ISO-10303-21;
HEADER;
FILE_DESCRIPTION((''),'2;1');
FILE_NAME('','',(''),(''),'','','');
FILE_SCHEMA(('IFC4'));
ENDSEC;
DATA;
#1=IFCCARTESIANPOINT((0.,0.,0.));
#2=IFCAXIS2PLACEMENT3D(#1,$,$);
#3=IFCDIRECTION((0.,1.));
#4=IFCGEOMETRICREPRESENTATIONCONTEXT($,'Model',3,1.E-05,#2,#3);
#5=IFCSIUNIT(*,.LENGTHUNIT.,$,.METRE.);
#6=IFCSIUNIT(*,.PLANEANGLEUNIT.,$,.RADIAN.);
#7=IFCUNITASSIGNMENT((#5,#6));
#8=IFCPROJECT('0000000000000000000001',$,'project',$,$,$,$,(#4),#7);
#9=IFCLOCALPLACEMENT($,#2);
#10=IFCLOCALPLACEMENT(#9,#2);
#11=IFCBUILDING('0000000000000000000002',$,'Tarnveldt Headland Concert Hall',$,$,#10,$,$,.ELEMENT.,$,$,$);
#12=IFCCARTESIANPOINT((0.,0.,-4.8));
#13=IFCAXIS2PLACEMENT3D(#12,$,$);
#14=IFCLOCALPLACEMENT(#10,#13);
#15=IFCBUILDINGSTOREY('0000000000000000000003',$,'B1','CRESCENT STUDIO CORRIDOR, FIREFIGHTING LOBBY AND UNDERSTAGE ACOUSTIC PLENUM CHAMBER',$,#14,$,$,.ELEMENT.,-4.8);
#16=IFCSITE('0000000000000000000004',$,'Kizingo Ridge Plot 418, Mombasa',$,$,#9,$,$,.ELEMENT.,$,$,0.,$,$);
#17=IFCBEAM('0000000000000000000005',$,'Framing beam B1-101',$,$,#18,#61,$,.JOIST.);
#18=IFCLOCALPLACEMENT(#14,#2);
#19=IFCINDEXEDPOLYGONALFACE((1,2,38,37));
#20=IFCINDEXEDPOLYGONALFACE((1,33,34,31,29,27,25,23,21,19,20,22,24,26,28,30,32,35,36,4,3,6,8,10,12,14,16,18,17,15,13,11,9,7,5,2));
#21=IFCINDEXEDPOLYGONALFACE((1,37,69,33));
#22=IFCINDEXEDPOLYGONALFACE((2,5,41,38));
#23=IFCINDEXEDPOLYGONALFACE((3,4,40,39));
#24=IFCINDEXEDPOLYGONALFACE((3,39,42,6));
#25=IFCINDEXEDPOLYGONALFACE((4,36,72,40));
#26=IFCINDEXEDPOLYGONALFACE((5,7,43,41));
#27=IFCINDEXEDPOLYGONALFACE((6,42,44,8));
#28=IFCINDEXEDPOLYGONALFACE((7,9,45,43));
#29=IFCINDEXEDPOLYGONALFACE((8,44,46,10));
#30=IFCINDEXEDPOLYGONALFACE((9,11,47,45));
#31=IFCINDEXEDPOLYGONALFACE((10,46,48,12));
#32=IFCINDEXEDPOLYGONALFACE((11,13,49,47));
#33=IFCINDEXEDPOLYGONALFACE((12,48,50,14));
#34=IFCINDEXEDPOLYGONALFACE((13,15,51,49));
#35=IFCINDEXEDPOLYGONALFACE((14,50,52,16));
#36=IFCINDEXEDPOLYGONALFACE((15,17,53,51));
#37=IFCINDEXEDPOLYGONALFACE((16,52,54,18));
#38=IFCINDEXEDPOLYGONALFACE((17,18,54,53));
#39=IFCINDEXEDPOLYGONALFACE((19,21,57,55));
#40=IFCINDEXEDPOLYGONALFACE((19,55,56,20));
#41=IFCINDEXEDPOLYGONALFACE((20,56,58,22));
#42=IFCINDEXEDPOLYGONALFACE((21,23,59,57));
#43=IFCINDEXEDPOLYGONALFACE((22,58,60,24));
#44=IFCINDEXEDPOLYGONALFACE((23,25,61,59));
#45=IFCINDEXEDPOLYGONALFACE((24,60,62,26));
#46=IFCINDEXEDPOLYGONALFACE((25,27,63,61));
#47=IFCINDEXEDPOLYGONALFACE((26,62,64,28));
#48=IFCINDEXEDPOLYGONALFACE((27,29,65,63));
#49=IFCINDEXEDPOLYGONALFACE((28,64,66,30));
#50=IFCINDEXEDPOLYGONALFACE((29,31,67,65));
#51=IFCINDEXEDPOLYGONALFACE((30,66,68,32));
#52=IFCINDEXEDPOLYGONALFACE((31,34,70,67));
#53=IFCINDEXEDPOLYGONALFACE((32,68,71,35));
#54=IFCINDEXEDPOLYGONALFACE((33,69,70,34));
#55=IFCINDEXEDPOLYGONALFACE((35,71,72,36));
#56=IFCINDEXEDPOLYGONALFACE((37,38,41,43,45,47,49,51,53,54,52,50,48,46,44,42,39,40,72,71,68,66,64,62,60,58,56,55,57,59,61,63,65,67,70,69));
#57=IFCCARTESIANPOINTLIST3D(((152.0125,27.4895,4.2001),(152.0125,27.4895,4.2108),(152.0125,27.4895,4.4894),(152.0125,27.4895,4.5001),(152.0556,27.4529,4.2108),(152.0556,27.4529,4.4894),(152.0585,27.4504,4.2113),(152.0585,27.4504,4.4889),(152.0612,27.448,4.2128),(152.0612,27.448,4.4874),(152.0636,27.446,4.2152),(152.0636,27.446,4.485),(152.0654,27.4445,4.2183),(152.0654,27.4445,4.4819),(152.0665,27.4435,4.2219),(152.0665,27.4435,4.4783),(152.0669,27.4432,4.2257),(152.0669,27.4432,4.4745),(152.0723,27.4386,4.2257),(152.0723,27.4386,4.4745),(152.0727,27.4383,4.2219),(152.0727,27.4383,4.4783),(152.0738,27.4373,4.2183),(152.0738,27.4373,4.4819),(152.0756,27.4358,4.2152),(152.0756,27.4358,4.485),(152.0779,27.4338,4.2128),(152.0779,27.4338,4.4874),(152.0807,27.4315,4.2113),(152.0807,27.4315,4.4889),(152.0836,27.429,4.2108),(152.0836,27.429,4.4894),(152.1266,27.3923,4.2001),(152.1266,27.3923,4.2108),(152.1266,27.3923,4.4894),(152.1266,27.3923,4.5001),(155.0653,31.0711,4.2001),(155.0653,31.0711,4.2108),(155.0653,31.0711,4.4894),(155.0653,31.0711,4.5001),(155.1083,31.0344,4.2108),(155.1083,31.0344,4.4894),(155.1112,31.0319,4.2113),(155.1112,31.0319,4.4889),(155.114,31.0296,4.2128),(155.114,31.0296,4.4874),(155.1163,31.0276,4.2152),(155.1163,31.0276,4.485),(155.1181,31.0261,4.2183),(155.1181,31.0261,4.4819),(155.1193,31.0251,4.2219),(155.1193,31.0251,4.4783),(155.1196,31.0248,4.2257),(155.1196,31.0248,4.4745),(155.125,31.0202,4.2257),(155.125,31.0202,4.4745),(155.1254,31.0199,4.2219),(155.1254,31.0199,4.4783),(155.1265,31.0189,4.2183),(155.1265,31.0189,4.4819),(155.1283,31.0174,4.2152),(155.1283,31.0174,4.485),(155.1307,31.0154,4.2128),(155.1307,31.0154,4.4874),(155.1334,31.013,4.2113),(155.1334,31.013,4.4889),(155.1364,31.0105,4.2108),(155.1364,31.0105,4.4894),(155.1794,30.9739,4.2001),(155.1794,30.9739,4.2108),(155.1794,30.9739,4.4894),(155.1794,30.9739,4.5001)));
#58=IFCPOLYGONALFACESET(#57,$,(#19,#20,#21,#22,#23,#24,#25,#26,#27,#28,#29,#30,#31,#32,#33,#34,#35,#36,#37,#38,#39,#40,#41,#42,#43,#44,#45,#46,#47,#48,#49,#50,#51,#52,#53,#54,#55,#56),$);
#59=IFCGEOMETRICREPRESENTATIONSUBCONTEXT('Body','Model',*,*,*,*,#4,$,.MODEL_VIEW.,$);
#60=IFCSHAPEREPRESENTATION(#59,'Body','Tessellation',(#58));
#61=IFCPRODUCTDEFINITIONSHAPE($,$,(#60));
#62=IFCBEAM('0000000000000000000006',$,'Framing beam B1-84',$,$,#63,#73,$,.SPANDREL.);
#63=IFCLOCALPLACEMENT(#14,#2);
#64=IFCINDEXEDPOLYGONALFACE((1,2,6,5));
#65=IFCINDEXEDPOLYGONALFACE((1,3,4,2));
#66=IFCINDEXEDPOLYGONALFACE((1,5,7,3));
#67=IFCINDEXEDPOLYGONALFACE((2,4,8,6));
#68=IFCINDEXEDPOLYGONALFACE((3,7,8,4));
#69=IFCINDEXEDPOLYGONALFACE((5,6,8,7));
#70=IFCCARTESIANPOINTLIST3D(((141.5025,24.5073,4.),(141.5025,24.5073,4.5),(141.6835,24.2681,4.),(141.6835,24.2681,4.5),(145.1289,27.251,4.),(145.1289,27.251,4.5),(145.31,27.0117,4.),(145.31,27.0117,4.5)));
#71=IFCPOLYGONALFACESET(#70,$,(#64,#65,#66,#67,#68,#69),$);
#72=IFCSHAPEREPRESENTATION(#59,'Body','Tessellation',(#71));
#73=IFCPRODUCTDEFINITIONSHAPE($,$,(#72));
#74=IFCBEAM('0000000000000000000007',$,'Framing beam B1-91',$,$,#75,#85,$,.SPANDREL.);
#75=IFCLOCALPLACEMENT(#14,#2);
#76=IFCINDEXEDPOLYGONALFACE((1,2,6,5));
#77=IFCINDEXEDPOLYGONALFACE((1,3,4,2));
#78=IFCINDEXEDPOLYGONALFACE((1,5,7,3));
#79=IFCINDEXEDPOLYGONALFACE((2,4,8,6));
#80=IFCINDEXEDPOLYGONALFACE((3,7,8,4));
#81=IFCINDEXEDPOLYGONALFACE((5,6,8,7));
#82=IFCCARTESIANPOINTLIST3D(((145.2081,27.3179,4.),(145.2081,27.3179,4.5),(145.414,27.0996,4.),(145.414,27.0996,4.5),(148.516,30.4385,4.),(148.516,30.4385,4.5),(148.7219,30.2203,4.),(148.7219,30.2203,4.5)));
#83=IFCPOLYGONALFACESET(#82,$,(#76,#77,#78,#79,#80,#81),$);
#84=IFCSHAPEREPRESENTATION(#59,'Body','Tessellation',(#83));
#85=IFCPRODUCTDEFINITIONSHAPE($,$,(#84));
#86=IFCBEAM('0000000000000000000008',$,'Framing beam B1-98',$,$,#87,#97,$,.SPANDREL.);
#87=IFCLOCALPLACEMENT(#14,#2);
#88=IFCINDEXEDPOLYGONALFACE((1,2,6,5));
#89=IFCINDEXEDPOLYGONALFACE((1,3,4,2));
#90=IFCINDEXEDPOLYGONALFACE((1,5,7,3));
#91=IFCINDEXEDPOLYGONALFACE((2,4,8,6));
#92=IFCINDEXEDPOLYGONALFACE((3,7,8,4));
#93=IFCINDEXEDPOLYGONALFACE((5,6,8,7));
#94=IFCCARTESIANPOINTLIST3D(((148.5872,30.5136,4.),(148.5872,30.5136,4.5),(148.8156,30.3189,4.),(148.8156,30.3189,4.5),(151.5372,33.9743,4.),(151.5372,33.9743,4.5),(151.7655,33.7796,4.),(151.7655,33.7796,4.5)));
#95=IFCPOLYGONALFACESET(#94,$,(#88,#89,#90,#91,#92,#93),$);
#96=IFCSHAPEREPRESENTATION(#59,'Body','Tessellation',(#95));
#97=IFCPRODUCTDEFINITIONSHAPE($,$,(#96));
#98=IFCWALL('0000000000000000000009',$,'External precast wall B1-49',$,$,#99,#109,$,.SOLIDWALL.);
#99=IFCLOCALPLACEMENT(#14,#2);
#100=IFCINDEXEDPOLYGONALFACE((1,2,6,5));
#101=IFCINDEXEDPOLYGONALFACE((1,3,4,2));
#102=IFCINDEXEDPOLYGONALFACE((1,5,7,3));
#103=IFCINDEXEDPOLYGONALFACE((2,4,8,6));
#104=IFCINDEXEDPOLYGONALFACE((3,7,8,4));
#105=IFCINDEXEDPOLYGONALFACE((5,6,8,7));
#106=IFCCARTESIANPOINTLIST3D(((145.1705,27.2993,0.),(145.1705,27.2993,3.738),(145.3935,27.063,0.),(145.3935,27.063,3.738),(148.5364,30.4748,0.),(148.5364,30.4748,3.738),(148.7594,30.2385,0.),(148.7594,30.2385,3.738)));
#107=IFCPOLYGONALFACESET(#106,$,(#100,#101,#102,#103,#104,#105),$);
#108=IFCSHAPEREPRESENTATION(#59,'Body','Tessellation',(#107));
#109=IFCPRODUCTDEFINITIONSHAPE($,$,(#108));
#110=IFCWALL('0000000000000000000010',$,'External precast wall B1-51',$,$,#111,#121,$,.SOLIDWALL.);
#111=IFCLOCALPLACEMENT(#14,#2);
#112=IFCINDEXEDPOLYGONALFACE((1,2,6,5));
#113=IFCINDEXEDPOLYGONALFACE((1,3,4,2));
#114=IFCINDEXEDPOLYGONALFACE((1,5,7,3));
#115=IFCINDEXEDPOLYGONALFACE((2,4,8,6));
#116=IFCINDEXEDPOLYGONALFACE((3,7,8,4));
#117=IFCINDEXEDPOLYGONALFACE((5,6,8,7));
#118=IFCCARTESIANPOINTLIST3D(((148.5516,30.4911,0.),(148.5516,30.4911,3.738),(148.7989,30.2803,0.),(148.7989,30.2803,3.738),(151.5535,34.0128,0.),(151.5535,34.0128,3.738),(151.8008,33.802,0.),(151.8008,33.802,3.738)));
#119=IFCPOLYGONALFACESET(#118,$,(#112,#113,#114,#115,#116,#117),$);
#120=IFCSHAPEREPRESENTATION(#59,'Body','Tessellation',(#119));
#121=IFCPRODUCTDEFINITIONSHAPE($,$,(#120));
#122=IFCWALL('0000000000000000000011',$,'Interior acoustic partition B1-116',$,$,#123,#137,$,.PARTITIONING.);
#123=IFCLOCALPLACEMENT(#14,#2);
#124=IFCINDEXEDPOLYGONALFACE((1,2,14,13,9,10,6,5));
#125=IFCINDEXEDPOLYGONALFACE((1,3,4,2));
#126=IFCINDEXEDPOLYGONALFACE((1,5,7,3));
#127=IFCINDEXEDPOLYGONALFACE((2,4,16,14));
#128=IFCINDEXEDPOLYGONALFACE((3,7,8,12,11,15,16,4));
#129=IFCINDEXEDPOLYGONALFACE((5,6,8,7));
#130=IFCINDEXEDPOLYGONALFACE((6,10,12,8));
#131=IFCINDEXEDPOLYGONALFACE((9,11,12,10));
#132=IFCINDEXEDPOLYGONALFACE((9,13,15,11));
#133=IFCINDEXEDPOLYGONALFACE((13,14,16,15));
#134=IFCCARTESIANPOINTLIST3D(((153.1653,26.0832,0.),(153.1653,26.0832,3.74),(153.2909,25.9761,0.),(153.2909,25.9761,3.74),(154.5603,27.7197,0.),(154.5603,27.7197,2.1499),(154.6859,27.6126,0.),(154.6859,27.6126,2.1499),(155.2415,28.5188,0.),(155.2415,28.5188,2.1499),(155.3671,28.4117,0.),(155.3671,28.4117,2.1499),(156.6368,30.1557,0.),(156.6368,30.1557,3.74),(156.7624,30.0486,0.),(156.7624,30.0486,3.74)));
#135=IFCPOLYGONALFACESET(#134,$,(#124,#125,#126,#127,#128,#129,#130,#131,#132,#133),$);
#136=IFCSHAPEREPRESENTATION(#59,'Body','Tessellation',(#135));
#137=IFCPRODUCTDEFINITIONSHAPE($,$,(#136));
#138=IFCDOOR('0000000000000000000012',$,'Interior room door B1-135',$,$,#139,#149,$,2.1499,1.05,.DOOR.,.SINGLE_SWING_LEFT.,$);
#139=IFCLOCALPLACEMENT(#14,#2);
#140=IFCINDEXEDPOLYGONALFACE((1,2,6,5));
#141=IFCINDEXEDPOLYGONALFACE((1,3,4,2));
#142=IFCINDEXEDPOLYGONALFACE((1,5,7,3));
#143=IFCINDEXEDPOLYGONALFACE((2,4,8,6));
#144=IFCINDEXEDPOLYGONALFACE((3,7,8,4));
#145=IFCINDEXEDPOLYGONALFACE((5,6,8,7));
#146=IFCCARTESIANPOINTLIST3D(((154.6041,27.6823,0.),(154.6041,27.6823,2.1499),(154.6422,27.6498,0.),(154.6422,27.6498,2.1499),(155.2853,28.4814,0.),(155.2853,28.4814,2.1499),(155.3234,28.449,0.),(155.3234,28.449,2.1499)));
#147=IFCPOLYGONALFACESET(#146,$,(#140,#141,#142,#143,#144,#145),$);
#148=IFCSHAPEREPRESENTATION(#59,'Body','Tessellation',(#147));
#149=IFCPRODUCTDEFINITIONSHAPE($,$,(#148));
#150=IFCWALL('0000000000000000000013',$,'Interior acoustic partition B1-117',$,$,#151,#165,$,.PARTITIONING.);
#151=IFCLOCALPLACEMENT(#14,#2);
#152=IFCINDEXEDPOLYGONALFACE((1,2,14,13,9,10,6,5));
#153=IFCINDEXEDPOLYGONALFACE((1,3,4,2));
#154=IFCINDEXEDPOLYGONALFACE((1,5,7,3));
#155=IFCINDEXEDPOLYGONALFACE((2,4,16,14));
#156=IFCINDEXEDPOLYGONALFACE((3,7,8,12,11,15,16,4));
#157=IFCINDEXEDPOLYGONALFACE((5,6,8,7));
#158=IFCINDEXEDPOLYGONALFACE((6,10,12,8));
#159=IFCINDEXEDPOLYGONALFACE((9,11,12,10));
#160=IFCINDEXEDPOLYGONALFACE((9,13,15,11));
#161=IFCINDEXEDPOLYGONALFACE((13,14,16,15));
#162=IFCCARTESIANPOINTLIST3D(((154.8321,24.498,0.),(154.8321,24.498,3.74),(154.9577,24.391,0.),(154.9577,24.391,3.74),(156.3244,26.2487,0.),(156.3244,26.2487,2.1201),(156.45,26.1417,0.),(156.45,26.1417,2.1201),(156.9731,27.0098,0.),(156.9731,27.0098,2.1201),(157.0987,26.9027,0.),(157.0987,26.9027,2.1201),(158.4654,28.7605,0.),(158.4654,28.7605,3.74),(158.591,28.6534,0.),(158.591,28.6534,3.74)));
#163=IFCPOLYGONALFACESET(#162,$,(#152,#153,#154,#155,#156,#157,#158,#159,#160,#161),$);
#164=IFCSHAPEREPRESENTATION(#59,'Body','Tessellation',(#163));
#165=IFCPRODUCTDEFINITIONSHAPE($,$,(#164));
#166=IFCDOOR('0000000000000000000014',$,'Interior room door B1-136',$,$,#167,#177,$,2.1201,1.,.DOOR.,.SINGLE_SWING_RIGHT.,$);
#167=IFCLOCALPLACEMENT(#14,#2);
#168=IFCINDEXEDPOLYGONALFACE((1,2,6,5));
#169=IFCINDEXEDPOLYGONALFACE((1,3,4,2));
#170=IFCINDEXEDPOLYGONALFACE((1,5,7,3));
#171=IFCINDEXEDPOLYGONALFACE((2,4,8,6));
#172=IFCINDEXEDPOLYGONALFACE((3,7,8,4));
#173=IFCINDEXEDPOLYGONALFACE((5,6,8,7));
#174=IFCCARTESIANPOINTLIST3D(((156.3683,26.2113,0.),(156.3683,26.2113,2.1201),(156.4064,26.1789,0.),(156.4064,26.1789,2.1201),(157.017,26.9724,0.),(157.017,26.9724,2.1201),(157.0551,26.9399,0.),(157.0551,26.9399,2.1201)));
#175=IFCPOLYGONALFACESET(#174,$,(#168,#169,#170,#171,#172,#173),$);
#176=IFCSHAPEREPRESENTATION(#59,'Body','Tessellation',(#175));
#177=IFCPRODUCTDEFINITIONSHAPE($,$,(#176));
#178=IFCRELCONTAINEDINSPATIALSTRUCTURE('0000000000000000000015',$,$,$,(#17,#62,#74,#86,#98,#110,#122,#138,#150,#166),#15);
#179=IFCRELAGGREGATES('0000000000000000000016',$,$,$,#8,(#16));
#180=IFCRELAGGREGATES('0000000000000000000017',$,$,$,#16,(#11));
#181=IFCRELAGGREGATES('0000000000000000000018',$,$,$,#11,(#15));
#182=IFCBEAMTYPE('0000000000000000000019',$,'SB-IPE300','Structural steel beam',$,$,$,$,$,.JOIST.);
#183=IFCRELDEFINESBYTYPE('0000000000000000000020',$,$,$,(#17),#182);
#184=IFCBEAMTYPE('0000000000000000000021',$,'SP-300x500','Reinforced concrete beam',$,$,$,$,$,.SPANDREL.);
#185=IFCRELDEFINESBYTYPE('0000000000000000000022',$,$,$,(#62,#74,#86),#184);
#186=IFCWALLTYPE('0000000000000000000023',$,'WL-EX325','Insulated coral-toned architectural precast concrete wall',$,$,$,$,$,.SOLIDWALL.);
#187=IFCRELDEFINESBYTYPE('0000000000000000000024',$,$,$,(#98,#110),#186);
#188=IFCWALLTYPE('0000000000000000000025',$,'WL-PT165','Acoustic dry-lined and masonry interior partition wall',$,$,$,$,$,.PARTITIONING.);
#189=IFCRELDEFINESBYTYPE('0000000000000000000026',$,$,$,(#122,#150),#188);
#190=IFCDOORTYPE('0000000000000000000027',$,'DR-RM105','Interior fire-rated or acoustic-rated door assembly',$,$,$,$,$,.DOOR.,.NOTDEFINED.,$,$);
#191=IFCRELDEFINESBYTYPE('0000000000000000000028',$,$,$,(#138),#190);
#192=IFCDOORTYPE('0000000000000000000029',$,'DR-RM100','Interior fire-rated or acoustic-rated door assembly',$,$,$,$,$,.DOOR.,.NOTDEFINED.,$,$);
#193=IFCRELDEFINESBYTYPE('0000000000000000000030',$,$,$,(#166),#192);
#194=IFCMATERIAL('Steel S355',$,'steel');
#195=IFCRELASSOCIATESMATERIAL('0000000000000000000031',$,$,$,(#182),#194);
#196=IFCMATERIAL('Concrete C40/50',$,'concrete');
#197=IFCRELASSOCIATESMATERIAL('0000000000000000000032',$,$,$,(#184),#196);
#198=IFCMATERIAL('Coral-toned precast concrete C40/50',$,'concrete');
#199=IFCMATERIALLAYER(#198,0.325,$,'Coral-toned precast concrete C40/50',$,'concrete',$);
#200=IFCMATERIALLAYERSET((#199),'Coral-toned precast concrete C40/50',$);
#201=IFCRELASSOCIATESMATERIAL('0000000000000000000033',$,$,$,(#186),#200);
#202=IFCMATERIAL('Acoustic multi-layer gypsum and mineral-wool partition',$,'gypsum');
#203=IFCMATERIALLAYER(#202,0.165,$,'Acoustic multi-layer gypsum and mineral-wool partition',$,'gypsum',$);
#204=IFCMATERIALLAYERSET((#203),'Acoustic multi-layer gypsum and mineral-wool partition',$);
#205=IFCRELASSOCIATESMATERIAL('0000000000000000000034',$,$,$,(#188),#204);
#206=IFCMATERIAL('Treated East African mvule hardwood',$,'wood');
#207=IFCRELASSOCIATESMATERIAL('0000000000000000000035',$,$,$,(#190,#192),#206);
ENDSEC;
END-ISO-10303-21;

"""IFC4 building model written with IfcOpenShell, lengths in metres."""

from ifc_helpers import new_model, si_unit, direction, frame, frame_2d, origin, origin_2d, place, context, subcontext, project, spatial, rectangle, i_section, extrude, material, layer, layer_set, material_profile, profile_set, type_object, element, fill, save


model = new_model("IFC4")

# Units and contexts
model_context = context("Model", 3, precision=1e-05, world=origin(), true_north=direction((0.0, 1.0)))
body_context = subcontext(model_context, "Body", "Model", "MODEL_VIEW")
ifc_project = project(units=[si_unit("LENGTHUNIT", "METRE"), si_unit("PLANEANGLEUNIT", "RADIAN")], contexts=[model_context])

# Site, building, storey
site_placement = place(None, origin())
site = spatial("IfcSite", under=ifc_project, at=site_placement, Name="Kizingo Ridge Plot 418, Mombasa", CompositionType="ELEMENT", RefElevation=0.0)
building_placement = place(site_placement, origin())
building = spatial("IfcBuilding", under=site, at=building_placement, Name="Tarnveldt Headland Concert Hall", CompositionType="ELEMENT")
storey_placement = place(building_placement, frame((0.0, 0.0, -4.8)))
storey = spatial("IfcBuildingStorey", under=building, at=storey_placement, Name="B1", Description="CRESCENT STUDIO CORRIDOR, FIREFIGHTING LOBBY AND UNDERSTAGE ACOUSTIC PLENUM CHAMBER", CompositionType="ELEMENT", Elevation=-4.8)

# Shared definitions
ifc_material_1 = material(Name="Concrete C40/50", Category="concrete")

# Beams
ifc_material_2 = material(Name="Steel S355", Category="steel")
ifc_material_profile_1 = material_profile(ifc_material_2, i_section(OverallWidth=0.1499, OverallDepth=0.3, WebThickness=0.0071, FlangeThickness=0.0107, FilletRadius=0.0149, at=origin_2d()), Name="IPE300", Category="steel")
ifc_profile_set_1 = profile_set([ifc_material_profile_1], Name="Steel S355")
beam_type_1 = type_object("IfcBeamType", Name="SB-IPE300", Description="Structural steel beam", PredefinedType="JOIST", material=ifc_profile_set_1)
for number, where, z_axis, x_axis, name in (
    (1, (152.0696, 27.4409, 4.3501), (0.648687, 0.761055, 0.0), (-0.761055, 0.648687, 0.0), "Framing beam B1-101"),
):
    element("IfcBeam", number, at=place(storey_placement, frame(where, z_axis=z_axis, x_axis=x_axis)), inside=storey, type_object=beam_type_1, Name=name, PredefinedType="JOIST", context=body_context, shape_type="SweptSolid", body=[
        extrude(i_section(OverallWidth=0.1499, OverallDepth=0.3, WebThickness=0.0071, FlangeThickness=0.0107, FilletRadius=0.0149, at=origin_2d()), origin(), (0.0, 0.0, 1.0), 4.7061),
    ])
ifc_material_profile_2 = material_profile(ifc_material_1, rectangle(XDim=0.3, YDim=0.5, at=origin_2d()), Name="RC SPANDREL 300x500", Category="concrete")
ifc_profile_set_2 = profile_set([ifc_material_profile_2], Name="Concrete C40/50")
beam_type_2 = type_object("IfcBeamType", Name="SP-300x500", Description="Reinforced concrete beam", PredefinedType="SPANDREL", material=ifc_profile_set_2)
beam_1_placement = place(storey_placement, frame((141.593, 24.3877, 4.25), z_axis=(0.79748, 0.603345, 0.0), x_axis=(-0.603345, 0.79748, 0.0)))
element("IfcBeam", 2, at=beam_1_placement, inside=storey, type_object=beam_type_2, Name="Framing beam B1-84", PredefinedType="SPANDREL", context=body_context, shape_type="SweptSolid", body=[
    extrude(rectangle(XDim=0.3, YDim=0.5, at=origin_2d()), origin(), (0.0, 0.0, 1.0), 4.5474),
])
beam_2_placement = place(storey_placement, frame((145.311, 27.2087, 4.25), z_axis=(0.727396, 0.686218, 0.0), x_axis=(-0.686218, 0.727396, 0.0)))
element("IfcBeam", 3, at=beam_2_placement, inside=storey, type_object=beam_type_2, Name="Framing beam B1-91", PredefinedType="SPANDREL", context=body_context, shape_type="SweptSolid", body=[
    extrude(rectangle(XDim=0.3, YDim=0.5, at=origin_2d()), origin(), (0.0, 0.0, 1.0), 4.5476),
])
beam_3_placement = place(storey_placement, frame((148.7014, 30.4163, 4.25), z_axis=(0.648715, 0.761031, 0.0), x_axis=(-0.761031, 0.648715, 0.0)))
element("IfcBeam", 4, at=beam_3_placement, inside=storey, type_object=beam_type_2, Name="Framing beam B1-98", PredefinedType="SPANDREL", context=body_context, shape_type="SweptSolid", body=[
    extrude(rectangle(XDim=0.3, YDim=0.5, at=origin_2d()), origin(), (0.0, 0.0, 1.0), 4.5474),
])

# Walls
ifc_material_3 = material(Name="Coral-toned precast concrete C40/50", Category="concrete")
ifc_layer_1 = layer(ifc_material_3, 0.325, Name="Coral-toned precast concrete C40/50", Category="concrete")
ifc_layer_set_1 = layer_set([ifc_layer_1], Name="Coral-toned precast concrete C40/50")
wall_type_1 = type_object("IfcWallType", Name="WL-EX325", Description="Insulated coral-toned architectural precast concrete wall", PredefinedType="SOLIDWALL", material=ifc_layer_set_1)
for number, where, z_axis, x_axis, name in (
    (5, (145.282, 27.1812, 0.0), (0.0, 0.0, 1.0), (0.727383, 0.686231, 0.0), "External precast wall B1-49"),
    (6, (148.6753, 30.3857, 0.0), (0.0, 0.0, 1.0), (0.648712, 0.761034, 0.0), "External precast wall B1-51"),
):
    element("IfcWall", number, at=place(storey_placement, frame(where, z_axis=z_axis, x_axis=x_axis)), inside=storey, type_object=wall_type_1, Name=name, PredefinedType="SOLIDWALL", context=body_context, shape_type="SweptSolid", body=[
        extrude(rectangle(XDim=4.6274, YDim=0.325, at=frame_2d((2.3137, 0.0))), origin(), (0.0, 0.0, 1.0), 3.738),
    ])

# Walls, openings, doors
ifc_material_4 = material(Name="Acoustic multi-layer gypsum and mineral-wool partition", Category="gypsum")
ifc_layer_2 = layer(ifc_material_4, 0.165, Name="Acoustic multi-layer gypsum and mineral-wool partition", Category="gypsum")
ifc_layer_set_2 = layer_set([ifc_layer_2], Name="Acoustic multi-layer gypsum and mineral-wool partition")
wall_type_2 = type_object("IfcWallType", Name="WL-PT165", Description="Acoustic dry-lined and masonry interior partition wall", PredefinedType="PARTITIONING", material=ifc_layer_set_2)
wall_1_placement = place(storey_placement, frame((153.228, 26.0295, 0.0), z_axis=(0.0, 0.0, 1.0), x_axis=(0.648711, 0.761035, 0.0)))
wall_1 = element("IfcWall", 7, at=wall_1_placement, inside=storey, type_object=wall_type_2, Name="Interior acoustic partition B1-116", PredefinedType="PARTITIONING", context=body_context, shape_type="SweptSolid", body=[
    extrude(rectangle(XDim=5.3513, YDim=0.165, at=frame_2d((2.6758, 0.0))), origin(), (0.0, 0.0, 1.0), 3.74),
])
opening_1_placement = place(wall_1_placement, frame((2.1506, 0.0, 0.0)))
opening_1 = element("IfcOpeningElement", 8, at=opening_1_placement, cuts=wall_1, PredefinedType="OPENING", context=body_context, shape_type="SweptSolid", body=[
    extrude(rectangle(XDim=1.05, YDim=2.1499, at=frame_2d((0.5249, 1.075))), frame((0.0, 0.0925, 0.0), z_axis=(0.0, -1.0, 0.0), x_axis=(1.0, 0.0, 0.0)), (0.0, 0.0, 1.0), 0.1851),
])
ifc_material_5 = material(Name="Treated East African mvule hardwood", Category="wood")
door_type_1 = type_object("IfcDoorType", Name="DR-RM105", Description="Interior fire-rated or acoustic-rated door assembly", OperationType="NOTDEFINED", PredefinedType="DOOR", material=ifc_material_5)
door_1_placement = place(opening_1_placement, origin())
door_1 = element("IfcDoor", 9, at=door_1_placement, inside=storey, type_object=door_type_1, Name="Interior room door B1-135", OperationType="SINGLE_SWING_LEFT", OverallHeight=2.1499, OverallWidth=1.05, PredefinedType="DOOR", context=body_context, shape_type="SweptSolid", body=[
    extrude(rectangle(XDim=1.05, YDim=2.1499, at=frame_2d((0.5249, 1.075))), frame((0.0, 0.0249, 0.0), z_axis=(0.0, -1.0, 0.0), x_axis=(1.0, 0.0, 0.0)), (0.0, 0.0, 1.0), 0.05),
])
fill(opening_1, door_1)
wall_2_placement = place(storey_placement, frame((154.895, 24.4446, 0.0), z_axis=(0.0, 0.0, 1.0), x_axis=(0.648707, 0.761038, 0.0)))
wall_2 = element("IfcWall", 10, at=wall_2_placement, inside=storey, type_object=wall_type_2, Name="Interior acoustic partition B1-117", PredefinedType="PARTITIONING", context=body_context, shape_type="SweptSolid", body=[
    extrude(rectangle(XDim=5.6008, YDim=0.165, at=frame_2d((2.8003, 0.0))), origin(), (0.0, 0.0, 1.0), 3.74),
])
opening_2_placement = place(wall_2_placement, frame((2.3003, 0.0, 0.0)))
opening_2 = element("IfcOpeningElement", 11, at=opening_2_placement, cuts=wall_2, PredefinedType="OPENING", context=body_context, shape_type="SweptSolid", body=[
    extrude(rectangle(XDim=1.0, YDim=2.1201, at=frame_2d((0.5, 1.0601))), frame((0.0, 0.0925, 0.0), z_axis=(0.0, -1.0, 0.0), x_axis=(1.0, 0.0, 0.0)), (0.0, 0.0, 1.0), 0.1851),
])
door_type_2 = type_object("IfcDoorType", Name="DR-RM100", Description="Interior fire-rated or acoustic-rated door assembly", OperationType="NOTDEFINED", PredefinedType="DOOR", material=ifc_material_5)
door_2_placement = place(opening_2_placement, origin())
door_2 = element("IfcDoor", 12, at=door_2_placement, inside=storey, type_object=door_type_2, Name="Interior room door B1-136", OperationType="SINGLE_SWING_RIGHT", OverallHeight=2.1201, OverallWidth=1.0, PredefinedType="DOOR", context=body_context, shape_type="SweptSolid", body=[
    extrude(rectangle(XDim=1.0, YDim=2.1201, at=frame_2d((0.5, 1.0601))), frame((0.0, 0.0249, 0.0), z_axis=(0.0, -1.0, 0.0), x_axis=(1.0, 0.0, 0.0)), (0.0, 0.0, 1.0), 0.05),
])
fill(opening_2, door_2)

save(model, "model.ifc")
